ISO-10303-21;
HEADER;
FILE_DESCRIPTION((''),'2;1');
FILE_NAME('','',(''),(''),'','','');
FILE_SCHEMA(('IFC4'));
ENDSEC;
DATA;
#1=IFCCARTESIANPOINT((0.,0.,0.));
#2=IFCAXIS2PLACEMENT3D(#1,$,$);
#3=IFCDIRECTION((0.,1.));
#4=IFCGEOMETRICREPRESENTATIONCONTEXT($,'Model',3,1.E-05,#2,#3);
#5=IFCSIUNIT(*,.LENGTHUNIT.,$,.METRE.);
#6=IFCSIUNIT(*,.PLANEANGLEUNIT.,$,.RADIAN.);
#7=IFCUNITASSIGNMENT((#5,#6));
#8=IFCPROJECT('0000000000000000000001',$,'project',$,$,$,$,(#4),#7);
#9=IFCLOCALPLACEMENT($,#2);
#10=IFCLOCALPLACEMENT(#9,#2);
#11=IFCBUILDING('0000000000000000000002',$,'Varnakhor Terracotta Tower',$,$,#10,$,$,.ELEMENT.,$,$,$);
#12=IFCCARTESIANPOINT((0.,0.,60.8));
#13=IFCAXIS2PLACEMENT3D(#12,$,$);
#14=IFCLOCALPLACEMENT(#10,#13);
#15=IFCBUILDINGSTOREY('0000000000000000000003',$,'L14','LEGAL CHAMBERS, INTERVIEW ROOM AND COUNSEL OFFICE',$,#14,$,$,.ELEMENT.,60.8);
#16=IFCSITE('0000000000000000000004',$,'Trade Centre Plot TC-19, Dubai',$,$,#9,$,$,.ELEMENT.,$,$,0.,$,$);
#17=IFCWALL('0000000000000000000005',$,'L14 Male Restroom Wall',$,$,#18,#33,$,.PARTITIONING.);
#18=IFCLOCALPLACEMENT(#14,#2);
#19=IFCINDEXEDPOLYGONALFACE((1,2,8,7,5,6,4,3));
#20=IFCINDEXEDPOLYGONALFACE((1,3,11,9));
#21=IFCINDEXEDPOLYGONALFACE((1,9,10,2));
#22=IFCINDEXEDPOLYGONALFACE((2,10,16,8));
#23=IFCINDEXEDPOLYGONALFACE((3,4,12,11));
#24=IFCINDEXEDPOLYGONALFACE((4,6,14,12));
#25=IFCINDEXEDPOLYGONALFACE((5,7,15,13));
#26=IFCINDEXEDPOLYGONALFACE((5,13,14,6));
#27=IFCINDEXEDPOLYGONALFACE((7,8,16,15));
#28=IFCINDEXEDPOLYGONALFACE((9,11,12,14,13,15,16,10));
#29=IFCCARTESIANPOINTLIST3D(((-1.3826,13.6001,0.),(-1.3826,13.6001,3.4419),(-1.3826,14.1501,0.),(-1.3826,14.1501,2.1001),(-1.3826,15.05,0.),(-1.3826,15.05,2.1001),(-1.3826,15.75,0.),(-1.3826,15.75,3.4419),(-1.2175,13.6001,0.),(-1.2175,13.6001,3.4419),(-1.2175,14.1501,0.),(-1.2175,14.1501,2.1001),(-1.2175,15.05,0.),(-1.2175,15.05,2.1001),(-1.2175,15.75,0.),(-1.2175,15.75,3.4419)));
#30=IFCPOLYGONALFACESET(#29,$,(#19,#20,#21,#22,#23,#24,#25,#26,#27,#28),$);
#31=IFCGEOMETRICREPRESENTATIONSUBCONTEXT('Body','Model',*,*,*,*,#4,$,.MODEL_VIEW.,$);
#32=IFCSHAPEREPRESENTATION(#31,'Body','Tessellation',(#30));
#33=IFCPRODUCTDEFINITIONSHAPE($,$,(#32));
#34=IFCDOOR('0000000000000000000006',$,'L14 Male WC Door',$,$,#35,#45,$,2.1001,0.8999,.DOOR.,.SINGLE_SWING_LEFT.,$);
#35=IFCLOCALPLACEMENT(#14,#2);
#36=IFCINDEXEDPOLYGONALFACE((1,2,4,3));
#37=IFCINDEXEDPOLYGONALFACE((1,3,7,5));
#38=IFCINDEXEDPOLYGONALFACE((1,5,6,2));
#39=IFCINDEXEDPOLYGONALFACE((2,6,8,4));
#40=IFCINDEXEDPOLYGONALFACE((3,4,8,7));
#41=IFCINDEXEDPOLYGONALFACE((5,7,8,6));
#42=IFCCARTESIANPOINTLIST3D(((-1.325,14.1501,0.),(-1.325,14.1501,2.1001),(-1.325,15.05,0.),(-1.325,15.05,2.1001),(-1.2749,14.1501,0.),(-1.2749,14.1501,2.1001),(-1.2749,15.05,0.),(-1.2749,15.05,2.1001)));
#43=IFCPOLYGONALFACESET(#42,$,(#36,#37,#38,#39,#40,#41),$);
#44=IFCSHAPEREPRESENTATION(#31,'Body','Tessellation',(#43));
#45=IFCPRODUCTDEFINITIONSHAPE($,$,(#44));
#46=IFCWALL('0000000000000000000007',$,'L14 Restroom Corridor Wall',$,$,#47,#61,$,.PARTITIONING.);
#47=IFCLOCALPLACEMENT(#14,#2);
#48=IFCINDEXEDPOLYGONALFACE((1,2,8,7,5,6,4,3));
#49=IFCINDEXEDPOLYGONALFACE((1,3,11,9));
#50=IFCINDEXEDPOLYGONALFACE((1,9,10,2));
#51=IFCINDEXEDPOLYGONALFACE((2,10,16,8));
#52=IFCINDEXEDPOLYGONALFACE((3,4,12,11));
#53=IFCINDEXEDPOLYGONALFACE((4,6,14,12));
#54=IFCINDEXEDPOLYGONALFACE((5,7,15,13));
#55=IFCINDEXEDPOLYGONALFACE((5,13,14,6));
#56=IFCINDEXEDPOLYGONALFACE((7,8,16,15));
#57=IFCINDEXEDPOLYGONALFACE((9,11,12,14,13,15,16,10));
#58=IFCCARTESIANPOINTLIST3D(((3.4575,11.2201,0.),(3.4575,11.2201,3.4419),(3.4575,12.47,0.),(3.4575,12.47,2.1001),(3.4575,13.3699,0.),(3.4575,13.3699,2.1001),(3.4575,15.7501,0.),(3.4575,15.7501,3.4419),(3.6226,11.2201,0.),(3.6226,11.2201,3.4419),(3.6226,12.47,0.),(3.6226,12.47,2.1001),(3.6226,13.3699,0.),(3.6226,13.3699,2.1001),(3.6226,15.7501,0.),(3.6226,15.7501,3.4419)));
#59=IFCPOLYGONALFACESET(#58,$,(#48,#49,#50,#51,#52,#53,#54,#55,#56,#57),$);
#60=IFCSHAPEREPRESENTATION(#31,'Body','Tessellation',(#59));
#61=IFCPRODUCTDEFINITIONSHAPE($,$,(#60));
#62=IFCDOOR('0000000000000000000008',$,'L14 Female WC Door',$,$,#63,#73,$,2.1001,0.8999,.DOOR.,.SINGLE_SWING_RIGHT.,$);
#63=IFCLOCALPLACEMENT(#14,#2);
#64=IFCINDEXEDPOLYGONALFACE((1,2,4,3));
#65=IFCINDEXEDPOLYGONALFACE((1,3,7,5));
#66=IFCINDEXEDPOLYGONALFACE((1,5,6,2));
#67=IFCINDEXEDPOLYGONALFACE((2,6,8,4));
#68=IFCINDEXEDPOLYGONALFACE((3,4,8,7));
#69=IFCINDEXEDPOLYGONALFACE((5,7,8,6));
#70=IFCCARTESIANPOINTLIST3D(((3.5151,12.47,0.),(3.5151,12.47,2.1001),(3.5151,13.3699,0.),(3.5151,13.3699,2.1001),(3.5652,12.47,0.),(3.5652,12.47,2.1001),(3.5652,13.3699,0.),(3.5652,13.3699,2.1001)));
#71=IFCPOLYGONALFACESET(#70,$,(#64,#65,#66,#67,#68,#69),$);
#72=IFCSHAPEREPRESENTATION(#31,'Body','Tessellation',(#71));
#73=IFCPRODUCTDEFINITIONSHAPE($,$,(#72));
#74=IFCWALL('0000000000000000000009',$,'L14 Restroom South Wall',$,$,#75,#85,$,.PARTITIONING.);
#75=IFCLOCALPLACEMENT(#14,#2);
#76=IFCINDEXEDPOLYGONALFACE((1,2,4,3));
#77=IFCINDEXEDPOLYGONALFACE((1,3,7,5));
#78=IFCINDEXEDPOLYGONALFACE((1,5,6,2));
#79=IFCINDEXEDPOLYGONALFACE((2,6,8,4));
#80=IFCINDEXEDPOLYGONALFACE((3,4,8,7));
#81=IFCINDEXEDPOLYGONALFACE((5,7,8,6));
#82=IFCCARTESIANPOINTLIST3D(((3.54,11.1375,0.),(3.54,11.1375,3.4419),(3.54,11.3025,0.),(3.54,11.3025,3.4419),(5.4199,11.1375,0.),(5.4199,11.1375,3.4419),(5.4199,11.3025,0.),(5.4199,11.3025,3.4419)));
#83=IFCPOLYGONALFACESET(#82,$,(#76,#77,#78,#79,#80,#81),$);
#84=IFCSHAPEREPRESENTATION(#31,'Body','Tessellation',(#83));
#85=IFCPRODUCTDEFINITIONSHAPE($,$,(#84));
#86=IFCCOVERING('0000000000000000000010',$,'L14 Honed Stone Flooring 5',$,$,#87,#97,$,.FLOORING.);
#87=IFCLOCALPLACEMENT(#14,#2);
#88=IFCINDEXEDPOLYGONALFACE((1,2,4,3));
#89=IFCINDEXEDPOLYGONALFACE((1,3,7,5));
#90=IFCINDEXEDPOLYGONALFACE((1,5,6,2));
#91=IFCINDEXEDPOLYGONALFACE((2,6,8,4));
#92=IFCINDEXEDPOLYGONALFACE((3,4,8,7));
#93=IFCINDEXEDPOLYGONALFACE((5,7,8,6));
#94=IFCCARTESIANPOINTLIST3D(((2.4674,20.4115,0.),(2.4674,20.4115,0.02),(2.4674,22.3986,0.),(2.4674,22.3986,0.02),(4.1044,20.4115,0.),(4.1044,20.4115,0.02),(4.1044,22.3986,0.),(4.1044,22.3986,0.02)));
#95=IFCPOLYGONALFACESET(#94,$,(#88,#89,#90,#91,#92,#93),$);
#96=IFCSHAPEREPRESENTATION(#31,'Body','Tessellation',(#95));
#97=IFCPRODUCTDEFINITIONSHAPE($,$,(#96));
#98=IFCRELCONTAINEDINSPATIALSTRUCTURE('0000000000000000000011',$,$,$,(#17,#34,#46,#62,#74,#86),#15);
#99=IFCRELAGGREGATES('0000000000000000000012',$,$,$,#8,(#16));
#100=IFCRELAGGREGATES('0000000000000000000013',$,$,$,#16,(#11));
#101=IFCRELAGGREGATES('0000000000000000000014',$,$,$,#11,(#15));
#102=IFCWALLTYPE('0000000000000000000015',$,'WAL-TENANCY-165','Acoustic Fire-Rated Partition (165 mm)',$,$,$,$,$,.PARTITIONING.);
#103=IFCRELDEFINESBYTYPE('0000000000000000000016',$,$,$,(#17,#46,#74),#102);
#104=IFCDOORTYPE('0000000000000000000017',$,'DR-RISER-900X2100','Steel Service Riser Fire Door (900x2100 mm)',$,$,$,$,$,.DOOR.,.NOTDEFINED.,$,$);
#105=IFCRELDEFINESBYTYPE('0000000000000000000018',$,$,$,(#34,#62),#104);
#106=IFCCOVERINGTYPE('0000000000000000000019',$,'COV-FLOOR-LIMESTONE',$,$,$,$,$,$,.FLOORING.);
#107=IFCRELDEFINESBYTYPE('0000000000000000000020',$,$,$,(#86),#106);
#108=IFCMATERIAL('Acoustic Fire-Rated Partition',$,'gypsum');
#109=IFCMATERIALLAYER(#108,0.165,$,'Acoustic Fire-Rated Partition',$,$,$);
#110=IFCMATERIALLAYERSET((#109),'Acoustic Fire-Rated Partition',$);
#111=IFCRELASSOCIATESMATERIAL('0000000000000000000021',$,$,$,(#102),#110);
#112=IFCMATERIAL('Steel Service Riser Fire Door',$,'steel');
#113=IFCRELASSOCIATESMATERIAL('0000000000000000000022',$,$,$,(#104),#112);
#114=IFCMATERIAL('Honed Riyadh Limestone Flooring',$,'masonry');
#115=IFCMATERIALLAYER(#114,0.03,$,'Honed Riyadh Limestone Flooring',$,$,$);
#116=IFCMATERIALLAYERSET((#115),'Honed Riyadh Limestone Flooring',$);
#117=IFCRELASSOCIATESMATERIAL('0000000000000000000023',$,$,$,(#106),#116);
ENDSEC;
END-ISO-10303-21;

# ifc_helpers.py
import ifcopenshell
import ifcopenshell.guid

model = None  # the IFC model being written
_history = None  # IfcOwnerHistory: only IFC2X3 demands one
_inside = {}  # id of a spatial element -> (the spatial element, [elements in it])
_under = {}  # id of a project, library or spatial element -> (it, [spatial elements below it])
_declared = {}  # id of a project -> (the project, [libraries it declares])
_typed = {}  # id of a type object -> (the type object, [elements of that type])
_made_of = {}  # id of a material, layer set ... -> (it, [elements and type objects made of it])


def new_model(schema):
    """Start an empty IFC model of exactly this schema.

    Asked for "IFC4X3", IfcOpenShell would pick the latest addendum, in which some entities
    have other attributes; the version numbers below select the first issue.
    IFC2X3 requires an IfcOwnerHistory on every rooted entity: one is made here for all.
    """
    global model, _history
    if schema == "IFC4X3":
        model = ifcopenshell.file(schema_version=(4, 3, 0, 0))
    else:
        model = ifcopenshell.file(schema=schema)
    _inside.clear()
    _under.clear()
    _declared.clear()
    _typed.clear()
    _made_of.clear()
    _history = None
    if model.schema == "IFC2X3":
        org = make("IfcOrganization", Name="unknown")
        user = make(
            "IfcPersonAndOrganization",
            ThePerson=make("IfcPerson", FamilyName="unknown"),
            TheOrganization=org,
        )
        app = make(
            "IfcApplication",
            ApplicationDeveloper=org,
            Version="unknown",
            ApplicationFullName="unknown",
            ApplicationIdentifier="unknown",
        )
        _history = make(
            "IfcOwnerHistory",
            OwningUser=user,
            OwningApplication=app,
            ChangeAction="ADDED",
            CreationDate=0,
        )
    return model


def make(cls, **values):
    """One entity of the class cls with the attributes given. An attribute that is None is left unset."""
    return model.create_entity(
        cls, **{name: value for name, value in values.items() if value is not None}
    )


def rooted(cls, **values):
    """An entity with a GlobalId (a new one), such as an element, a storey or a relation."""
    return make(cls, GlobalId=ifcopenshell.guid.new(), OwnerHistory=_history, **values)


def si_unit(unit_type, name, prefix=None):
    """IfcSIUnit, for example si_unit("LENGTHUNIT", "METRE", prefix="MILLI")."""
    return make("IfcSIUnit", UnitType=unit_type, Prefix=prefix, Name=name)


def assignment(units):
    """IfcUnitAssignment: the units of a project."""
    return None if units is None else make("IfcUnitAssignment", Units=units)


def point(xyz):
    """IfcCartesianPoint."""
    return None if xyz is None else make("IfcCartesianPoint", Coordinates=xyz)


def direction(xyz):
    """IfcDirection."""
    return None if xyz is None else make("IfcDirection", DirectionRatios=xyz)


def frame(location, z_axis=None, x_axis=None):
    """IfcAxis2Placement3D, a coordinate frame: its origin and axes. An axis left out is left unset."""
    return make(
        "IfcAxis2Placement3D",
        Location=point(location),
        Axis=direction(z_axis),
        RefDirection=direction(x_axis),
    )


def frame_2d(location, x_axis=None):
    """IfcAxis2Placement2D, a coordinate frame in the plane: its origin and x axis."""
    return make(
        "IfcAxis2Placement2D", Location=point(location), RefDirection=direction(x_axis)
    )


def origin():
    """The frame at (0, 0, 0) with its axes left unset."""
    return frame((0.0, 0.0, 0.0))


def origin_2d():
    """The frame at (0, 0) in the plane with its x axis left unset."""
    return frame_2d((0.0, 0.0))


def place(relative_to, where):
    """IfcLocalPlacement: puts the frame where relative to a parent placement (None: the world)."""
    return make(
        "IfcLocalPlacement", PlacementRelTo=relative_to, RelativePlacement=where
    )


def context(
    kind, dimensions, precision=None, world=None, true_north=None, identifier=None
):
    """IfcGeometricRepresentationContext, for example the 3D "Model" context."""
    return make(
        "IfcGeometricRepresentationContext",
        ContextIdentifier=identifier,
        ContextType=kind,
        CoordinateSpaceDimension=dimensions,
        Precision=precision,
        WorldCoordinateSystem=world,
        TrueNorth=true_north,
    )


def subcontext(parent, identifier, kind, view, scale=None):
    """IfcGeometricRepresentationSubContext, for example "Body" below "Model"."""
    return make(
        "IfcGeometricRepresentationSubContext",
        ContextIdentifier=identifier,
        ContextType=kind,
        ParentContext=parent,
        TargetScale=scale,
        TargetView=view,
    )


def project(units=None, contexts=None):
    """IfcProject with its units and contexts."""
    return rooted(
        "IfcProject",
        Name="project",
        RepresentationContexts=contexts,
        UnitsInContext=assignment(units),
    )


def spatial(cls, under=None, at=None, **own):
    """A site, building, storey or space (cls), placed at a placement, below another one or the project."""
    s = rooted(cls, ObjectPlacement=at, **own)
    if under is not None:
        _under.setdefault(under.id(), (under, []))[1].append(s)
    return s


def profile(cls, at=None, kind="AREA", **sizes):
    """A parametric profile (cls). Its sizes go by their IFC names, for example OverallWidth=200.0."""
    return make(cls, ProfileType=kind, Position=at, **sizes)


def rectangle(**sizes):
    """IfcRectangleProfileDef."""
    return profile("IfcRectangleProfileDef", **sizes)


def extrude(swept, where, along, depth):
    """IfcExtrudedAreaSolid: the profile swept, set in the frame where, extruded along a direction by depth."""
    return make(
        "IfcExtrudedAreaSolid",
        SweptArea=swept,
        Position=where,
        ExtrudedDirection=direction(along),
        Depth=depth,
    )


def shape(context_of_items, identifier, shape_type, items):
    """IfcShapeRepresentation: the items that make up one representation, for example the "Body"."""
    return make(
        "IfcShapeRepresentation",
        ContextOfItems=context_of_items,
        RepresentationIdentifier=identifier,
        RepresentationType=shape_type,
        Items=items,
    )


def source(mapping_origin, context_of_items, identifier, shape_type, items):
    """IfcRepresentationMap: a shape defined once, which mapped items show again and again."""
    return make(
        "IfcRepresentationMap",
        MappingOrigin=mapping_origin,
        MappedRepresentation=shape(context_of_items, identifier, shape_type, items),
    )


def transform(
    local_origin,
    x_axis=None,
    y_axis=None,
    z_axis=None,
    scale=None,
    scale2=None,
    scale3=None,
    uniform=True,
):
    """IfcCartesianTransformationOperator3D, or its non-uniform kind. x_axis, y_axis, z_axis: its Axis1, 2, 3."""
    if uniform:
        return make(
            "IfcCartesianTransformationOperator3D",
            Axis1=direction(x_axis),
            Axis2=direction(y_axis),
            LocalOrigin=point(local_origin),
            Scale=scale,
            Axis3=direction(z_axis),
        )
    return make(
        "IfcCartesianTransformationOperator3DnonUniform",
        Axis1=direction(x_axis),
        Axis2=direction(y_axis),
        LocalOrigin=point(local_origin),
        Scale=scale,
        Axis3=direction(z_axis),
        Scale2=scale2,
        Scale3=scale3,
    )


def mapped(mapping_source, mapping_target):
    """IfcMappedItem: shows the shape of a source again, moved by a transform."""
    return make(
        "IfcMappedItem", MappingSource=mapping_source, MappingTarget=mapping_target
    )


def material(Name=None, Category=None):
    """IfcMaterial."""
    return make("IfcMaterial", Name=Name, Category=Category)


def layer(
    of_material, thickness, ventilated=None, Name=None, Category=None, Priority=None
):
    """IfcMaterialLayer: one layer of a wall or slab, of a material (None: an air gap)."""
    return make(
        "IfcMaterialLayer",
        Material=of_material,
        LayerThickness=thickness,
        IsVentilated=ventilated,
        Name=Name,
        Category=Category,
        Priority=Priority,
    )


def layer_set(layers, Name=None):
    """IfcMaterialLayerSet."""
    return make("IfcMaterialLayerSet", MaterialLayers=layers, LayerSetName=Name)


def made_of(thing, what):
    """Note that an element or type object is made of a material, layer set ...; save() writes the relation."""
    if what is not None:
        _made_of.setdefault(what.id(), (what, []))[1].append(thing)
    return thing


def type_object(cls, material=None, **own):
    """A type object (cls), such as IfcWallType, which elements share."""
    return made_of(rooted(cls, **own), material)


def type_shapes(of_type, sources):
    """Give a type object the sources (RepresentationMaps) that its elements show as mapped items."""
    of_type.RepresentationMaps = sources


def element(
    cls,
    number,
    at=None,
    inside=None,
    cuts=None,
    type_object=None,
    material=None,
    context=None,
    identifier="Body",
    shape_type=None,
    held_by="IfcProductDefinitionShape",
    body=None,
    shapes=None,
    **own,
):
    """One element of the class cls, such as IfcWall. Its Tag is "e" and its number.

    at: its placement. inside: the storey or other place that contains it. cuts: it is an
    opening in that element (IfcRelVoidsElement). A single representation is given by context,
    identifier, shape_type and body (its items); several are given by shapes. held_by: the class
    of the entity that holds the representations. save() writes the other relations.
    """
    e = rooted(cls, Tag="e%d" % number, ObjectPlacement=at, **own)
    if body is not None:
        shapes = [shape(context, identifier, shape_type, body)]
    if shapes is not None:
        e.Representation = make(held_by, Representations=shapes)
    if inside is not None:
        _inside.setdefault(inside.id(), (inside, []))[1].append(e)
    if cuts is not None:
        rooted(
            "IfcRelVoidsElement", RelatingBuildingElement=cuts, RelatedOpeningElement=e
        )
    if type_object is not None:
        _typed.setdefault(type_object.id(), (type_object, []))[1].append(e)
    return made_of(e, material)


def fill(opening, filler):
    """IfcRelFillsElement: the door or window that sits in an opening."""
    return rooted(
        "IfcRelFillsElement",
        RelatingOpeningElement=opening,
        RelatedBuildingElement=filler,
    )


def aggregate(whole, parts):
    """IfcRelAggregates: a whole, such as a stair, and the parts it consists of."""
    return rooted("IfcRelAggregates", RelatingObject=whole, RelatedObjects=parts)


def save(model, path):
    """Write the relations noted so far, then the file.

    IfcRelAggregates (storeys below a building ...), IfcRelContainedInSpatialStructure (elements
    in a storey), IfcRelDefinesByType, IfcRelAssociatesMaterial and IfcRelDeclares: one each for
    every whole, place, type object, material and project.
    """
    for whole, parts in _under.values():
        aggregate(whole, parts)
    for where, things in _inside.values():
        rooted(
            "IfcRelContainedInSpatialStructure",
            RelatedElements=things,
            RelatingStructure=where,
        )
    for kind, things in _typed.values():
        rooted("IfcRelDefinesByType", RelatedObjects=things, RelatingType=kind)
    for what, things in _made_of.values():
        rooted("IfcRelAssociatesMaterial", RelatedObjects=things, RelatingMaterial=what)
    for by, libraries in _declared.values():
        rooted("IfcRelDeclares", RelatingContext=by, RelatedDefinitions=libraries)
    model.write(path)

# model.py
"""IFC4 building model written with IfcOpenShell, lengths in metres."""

from ifc_helpers import new_model, si_unit, direction, frame, frame_2d, origin, origin_2d, place, context, subcontext, project, spatial, rectangle, extrude, source, transform, mapped, material, layer, layer_set, type_object, type_shapes, element, fill, save


model = new_model("IFC4")

# Units and contexts
model_context = context("Model", 3, precision=1e-05, world=origin(), true_north=direction((0.0, 1.0)))
body_context = subcontext(model_context, "Body", "Model", "MODEL_VIEW")
ifc_project = project(units=[si_unit("LENGTHUNIT", "METRE"), si_unit("PLANEANGLEUNIT", "RADIAN")], contexts=[model_context])

# Site, building, storey
site_placement = place(None, origin())
site = spatial("IfcSite", under=ifc_project, at=site_placement, Name="Trade Centre Plot TC-19, Dubai", CompositionType="ELEMENT", RefElevation=0.0)
building_placement = place(site_placement, origin())
building = spatial("IfcBuilding", under=site, at=building_placement, Name="Varnakhor Terracotta Tower", CompositionType="ELEMENT")
storey_placement = place(building_placement, frame((0.0, 0.0, 60.8)))
storey = spatial("IfcBuildingStorey", under=building, at=storey_placement, Name="L14", Description="LEGAL CHAMBERS, INTERVIEW ROOM AND COUNSEL OFFICE", CompositionType="ELEMENT", Elevation=60.8)

# Walls, openings, doors
ifc_material_1 = material(Name="Acoustic Fire-Rated Partition", Category="gypsum")
ifc_layer_1 = layer(ifc_material_1, 0.165, Name="Acoustic Fire-Rated Partition")
ifc_layer_set_1 = layer_set([ifc_layer_1], Name="Acoustic Fire-Rated Partition")
wall_type_1 = type_object("IfcWallType", Name="WAL-TENANCY-165", Description="Acoustic Fire-Rated Partition (165 mm)", PredefinedType="PARTITIONING", material=ifc_layer_set_1)
wall_1_placement = place(storey_placement, frame((-1.3, 13.6001, 0.0), z_axis=(0.0, 0.0, 1.0), x_axis=(0.0, 1.0, 0.0)))
wall_1 = element("IfcWall", 1, at=wall_1_placement, inside=storey, type_object=wall_type_1, Name="L14 Male Restroom Wall", PredefinedType="PARTITIONING", context=body_context, shape_type="SweptSolid", body=[
    extrude(rectangle(XDim=2.1499, YDim=0.165, at=frame_2d((1.075, 0.0))), origin(), (0.0, 0.0, 1.0), 3.4419),
])
opening_1_placement = place(wall_1_placement, frame((0.55, 0.0, 0.0)))
opening_1 = element("IfcOpeningElement", 2, at=opening_1_placement, cuts=wall_1, PredefinedType="OPENING", context=body_context, shape_type="SweptSolid", body=[
    extrude(rectangle(XDim=0.8999, YDim=2.1001, at=frame_2d((0.45, 1.05))), frame((0.0, 0.0925, 0.0), z_axis=(0.0, -1.0, 0.0), x_axis=(1.0, 0.0, 0.0)), (0.0, 0.0, 1.0), 0.1851),
])
ifc_material_2 = material(Name="Steel Service Riser Fire Door", Category="steel")
door_type_1 = type_object("IfcDoorType", Name="DR-RISER-900X2100", Description="Steel Service Riser Fire Door (900x2100 mm)", OperationType="NOTDEFINED", PredefinedType="DOOR", material=ifc_material_2)
shared_shape_1 = source(origin(), body_context, "Body", "SweptSolid", [
    extrude(rectangle(XDim=0.8999, YDim=2.1001, at=frame_2d((0.45, 1.05))), frame((0.0, 0.0249, 0.0), z_axis=(0.0, -1.0, 0.0), x_axis=(1.0, 0.0, 0.0)), (0.0, 0.0, 1.0), 0.05),
])
type_shapes(door_type_1, [shared_shape_1])
door_1_placement = place(opening_1_placement, origin())
door_1 = element("IfcDoor", 3, at=door_1_placement, inside=storey, type_object=door_type_1, Name="L14 Male WC Door", OperationType="SINGLE_SWING_LEFT", OverallHeight=2.1001, OverallWidth=0.8999, PredefinedType="DOOR", context=body_context, shape_type="MappedRepresentation", body=[
    mapped(shared_shape_1, transform((0.0, 0.0, 0.0), scale=1.0)),
])
fill(opening_1, door_1)
wall_2_placement = place(storey_placement, frame((3.54, 11.22, 0.0), z_axis=(0.0, 0.0, 1.0), x_axis=(0.0, 1.0, 0.0)))
wall_2 = element("IfcWall", 4, at=wall_2_placement, inside=storey, type_object=wall_type_1, Name="L14 Restroom Corridor Wall", PredefinedType="PARTITIONING", context=body_context, shape_type="SweptSolid", body=[
    extrude(rectangle(XDim=4.53, YDim=0.165, at=frame_2d((2.2651, 0.0))), origin(), (0.0, 0.0, 1.0), 3.4419),
])
opening_2_placement = place(wall_2_placement, frame((1.25, 0.0, 0.0)))
opening_2 = element("IfcOpeningElement", 5, at=opening_2_placement, cuts=wall_2, PredefinedType="OPENING", context=body_context, shape_type="SweptSolid", body=[
    extrude(rectangle(XDim=0.8999, YDim=2.1001, at=frame_2d((0.45, 1.05))), frame((0.0, 0.0925, 0.0), z_axis=(0.0, -1.0, 0.0), x_axis=(1.0, 0.0, 0.0)), (0.0, 0.0, 1.0), 0.1851),
])
door_2_placement = place(opening_2_placement, origin())
door_2 = element("IfcDoor", 6, at=door_2_placement, inside=storey, type_object=door_type_1, Name="L14 Female WC Door", OperationType="SINGLE_SWING_RIGHT", OverallHeight=2.1001, OverallWidth=0.8999, PredefinedType="DOOR", context=body_context, shape_type="MappedRepresentation", body=[
    mapped(shared_shape_1, transform((0.0, 0.0, 0.0), scale=1.0)),
])
fill(opening_2, door_2)

# Wall
wall_3_placement = place(storey_placement, frame((3.54, 11.22, 0.0), z_axis=(0.0, 0.0, 1.0), x_axis=(1.0, 0.0, 0.0)))
element("IfcWall", 7, at=wall_3_placement, inside=storey, type_object=wall_type_1, Name="L14 Restroom South Wall", PredefinedType="PARTITIONING", context=body_context, shape_type="SweptSolid", body=[
    extrude(rectangle(XDim=1.8799, YDim=0.165, at=frame_2d((0.9399, 0.0))), origin(), (0.0, 0.0, 1.0), 3.4419),
])

# Covering
ifc_material_3 = material(Name="Honed Riyadh Limestone Flooring", Category="masonry")
ifc_layer_2 = layer(ifc_material_3, 0.03, Name="Honed Riyadh Limestone Flooring")
ifc_layer_set_2 = layer_set([ifc_layer_2], Name="Honed Riyadh Limestone Flooring")
covering_type = type_object("IfcCoveringType", Name="COV-FLOOR-LIMESTONE", PredefinedType="FLOORING", material=ifc_layer_set_2)
shared_shape_2 = source(origin(), body_context, "Body", "SweptSolid", [
    extrude(rectangle(XDim=1.637, YDim=1.9871, at=origin_2d()), origin(), (0.0, 0.0, 1.0), 0.02),
])
covering_placement = place(storey_placement, frame((3.2859, 21.405, 0.0), z_axis=(0.0, 0.0, 1.0), x_axis=(1.0, 0.0, 0.0)))
element("IfcCovering", 8, at=covering_placement, inside=storey, type_object=covering_type, Name="L14 Honed Stone Flooring 5", PredefinedType="FLOORING", context=body_context, shape_type="MappedRepresentation", body=[
    mapped(shared_shape_2, transform((0.0, 0.0, 0.0), scale=1.0)),
])

save(model, "model.ifc")
